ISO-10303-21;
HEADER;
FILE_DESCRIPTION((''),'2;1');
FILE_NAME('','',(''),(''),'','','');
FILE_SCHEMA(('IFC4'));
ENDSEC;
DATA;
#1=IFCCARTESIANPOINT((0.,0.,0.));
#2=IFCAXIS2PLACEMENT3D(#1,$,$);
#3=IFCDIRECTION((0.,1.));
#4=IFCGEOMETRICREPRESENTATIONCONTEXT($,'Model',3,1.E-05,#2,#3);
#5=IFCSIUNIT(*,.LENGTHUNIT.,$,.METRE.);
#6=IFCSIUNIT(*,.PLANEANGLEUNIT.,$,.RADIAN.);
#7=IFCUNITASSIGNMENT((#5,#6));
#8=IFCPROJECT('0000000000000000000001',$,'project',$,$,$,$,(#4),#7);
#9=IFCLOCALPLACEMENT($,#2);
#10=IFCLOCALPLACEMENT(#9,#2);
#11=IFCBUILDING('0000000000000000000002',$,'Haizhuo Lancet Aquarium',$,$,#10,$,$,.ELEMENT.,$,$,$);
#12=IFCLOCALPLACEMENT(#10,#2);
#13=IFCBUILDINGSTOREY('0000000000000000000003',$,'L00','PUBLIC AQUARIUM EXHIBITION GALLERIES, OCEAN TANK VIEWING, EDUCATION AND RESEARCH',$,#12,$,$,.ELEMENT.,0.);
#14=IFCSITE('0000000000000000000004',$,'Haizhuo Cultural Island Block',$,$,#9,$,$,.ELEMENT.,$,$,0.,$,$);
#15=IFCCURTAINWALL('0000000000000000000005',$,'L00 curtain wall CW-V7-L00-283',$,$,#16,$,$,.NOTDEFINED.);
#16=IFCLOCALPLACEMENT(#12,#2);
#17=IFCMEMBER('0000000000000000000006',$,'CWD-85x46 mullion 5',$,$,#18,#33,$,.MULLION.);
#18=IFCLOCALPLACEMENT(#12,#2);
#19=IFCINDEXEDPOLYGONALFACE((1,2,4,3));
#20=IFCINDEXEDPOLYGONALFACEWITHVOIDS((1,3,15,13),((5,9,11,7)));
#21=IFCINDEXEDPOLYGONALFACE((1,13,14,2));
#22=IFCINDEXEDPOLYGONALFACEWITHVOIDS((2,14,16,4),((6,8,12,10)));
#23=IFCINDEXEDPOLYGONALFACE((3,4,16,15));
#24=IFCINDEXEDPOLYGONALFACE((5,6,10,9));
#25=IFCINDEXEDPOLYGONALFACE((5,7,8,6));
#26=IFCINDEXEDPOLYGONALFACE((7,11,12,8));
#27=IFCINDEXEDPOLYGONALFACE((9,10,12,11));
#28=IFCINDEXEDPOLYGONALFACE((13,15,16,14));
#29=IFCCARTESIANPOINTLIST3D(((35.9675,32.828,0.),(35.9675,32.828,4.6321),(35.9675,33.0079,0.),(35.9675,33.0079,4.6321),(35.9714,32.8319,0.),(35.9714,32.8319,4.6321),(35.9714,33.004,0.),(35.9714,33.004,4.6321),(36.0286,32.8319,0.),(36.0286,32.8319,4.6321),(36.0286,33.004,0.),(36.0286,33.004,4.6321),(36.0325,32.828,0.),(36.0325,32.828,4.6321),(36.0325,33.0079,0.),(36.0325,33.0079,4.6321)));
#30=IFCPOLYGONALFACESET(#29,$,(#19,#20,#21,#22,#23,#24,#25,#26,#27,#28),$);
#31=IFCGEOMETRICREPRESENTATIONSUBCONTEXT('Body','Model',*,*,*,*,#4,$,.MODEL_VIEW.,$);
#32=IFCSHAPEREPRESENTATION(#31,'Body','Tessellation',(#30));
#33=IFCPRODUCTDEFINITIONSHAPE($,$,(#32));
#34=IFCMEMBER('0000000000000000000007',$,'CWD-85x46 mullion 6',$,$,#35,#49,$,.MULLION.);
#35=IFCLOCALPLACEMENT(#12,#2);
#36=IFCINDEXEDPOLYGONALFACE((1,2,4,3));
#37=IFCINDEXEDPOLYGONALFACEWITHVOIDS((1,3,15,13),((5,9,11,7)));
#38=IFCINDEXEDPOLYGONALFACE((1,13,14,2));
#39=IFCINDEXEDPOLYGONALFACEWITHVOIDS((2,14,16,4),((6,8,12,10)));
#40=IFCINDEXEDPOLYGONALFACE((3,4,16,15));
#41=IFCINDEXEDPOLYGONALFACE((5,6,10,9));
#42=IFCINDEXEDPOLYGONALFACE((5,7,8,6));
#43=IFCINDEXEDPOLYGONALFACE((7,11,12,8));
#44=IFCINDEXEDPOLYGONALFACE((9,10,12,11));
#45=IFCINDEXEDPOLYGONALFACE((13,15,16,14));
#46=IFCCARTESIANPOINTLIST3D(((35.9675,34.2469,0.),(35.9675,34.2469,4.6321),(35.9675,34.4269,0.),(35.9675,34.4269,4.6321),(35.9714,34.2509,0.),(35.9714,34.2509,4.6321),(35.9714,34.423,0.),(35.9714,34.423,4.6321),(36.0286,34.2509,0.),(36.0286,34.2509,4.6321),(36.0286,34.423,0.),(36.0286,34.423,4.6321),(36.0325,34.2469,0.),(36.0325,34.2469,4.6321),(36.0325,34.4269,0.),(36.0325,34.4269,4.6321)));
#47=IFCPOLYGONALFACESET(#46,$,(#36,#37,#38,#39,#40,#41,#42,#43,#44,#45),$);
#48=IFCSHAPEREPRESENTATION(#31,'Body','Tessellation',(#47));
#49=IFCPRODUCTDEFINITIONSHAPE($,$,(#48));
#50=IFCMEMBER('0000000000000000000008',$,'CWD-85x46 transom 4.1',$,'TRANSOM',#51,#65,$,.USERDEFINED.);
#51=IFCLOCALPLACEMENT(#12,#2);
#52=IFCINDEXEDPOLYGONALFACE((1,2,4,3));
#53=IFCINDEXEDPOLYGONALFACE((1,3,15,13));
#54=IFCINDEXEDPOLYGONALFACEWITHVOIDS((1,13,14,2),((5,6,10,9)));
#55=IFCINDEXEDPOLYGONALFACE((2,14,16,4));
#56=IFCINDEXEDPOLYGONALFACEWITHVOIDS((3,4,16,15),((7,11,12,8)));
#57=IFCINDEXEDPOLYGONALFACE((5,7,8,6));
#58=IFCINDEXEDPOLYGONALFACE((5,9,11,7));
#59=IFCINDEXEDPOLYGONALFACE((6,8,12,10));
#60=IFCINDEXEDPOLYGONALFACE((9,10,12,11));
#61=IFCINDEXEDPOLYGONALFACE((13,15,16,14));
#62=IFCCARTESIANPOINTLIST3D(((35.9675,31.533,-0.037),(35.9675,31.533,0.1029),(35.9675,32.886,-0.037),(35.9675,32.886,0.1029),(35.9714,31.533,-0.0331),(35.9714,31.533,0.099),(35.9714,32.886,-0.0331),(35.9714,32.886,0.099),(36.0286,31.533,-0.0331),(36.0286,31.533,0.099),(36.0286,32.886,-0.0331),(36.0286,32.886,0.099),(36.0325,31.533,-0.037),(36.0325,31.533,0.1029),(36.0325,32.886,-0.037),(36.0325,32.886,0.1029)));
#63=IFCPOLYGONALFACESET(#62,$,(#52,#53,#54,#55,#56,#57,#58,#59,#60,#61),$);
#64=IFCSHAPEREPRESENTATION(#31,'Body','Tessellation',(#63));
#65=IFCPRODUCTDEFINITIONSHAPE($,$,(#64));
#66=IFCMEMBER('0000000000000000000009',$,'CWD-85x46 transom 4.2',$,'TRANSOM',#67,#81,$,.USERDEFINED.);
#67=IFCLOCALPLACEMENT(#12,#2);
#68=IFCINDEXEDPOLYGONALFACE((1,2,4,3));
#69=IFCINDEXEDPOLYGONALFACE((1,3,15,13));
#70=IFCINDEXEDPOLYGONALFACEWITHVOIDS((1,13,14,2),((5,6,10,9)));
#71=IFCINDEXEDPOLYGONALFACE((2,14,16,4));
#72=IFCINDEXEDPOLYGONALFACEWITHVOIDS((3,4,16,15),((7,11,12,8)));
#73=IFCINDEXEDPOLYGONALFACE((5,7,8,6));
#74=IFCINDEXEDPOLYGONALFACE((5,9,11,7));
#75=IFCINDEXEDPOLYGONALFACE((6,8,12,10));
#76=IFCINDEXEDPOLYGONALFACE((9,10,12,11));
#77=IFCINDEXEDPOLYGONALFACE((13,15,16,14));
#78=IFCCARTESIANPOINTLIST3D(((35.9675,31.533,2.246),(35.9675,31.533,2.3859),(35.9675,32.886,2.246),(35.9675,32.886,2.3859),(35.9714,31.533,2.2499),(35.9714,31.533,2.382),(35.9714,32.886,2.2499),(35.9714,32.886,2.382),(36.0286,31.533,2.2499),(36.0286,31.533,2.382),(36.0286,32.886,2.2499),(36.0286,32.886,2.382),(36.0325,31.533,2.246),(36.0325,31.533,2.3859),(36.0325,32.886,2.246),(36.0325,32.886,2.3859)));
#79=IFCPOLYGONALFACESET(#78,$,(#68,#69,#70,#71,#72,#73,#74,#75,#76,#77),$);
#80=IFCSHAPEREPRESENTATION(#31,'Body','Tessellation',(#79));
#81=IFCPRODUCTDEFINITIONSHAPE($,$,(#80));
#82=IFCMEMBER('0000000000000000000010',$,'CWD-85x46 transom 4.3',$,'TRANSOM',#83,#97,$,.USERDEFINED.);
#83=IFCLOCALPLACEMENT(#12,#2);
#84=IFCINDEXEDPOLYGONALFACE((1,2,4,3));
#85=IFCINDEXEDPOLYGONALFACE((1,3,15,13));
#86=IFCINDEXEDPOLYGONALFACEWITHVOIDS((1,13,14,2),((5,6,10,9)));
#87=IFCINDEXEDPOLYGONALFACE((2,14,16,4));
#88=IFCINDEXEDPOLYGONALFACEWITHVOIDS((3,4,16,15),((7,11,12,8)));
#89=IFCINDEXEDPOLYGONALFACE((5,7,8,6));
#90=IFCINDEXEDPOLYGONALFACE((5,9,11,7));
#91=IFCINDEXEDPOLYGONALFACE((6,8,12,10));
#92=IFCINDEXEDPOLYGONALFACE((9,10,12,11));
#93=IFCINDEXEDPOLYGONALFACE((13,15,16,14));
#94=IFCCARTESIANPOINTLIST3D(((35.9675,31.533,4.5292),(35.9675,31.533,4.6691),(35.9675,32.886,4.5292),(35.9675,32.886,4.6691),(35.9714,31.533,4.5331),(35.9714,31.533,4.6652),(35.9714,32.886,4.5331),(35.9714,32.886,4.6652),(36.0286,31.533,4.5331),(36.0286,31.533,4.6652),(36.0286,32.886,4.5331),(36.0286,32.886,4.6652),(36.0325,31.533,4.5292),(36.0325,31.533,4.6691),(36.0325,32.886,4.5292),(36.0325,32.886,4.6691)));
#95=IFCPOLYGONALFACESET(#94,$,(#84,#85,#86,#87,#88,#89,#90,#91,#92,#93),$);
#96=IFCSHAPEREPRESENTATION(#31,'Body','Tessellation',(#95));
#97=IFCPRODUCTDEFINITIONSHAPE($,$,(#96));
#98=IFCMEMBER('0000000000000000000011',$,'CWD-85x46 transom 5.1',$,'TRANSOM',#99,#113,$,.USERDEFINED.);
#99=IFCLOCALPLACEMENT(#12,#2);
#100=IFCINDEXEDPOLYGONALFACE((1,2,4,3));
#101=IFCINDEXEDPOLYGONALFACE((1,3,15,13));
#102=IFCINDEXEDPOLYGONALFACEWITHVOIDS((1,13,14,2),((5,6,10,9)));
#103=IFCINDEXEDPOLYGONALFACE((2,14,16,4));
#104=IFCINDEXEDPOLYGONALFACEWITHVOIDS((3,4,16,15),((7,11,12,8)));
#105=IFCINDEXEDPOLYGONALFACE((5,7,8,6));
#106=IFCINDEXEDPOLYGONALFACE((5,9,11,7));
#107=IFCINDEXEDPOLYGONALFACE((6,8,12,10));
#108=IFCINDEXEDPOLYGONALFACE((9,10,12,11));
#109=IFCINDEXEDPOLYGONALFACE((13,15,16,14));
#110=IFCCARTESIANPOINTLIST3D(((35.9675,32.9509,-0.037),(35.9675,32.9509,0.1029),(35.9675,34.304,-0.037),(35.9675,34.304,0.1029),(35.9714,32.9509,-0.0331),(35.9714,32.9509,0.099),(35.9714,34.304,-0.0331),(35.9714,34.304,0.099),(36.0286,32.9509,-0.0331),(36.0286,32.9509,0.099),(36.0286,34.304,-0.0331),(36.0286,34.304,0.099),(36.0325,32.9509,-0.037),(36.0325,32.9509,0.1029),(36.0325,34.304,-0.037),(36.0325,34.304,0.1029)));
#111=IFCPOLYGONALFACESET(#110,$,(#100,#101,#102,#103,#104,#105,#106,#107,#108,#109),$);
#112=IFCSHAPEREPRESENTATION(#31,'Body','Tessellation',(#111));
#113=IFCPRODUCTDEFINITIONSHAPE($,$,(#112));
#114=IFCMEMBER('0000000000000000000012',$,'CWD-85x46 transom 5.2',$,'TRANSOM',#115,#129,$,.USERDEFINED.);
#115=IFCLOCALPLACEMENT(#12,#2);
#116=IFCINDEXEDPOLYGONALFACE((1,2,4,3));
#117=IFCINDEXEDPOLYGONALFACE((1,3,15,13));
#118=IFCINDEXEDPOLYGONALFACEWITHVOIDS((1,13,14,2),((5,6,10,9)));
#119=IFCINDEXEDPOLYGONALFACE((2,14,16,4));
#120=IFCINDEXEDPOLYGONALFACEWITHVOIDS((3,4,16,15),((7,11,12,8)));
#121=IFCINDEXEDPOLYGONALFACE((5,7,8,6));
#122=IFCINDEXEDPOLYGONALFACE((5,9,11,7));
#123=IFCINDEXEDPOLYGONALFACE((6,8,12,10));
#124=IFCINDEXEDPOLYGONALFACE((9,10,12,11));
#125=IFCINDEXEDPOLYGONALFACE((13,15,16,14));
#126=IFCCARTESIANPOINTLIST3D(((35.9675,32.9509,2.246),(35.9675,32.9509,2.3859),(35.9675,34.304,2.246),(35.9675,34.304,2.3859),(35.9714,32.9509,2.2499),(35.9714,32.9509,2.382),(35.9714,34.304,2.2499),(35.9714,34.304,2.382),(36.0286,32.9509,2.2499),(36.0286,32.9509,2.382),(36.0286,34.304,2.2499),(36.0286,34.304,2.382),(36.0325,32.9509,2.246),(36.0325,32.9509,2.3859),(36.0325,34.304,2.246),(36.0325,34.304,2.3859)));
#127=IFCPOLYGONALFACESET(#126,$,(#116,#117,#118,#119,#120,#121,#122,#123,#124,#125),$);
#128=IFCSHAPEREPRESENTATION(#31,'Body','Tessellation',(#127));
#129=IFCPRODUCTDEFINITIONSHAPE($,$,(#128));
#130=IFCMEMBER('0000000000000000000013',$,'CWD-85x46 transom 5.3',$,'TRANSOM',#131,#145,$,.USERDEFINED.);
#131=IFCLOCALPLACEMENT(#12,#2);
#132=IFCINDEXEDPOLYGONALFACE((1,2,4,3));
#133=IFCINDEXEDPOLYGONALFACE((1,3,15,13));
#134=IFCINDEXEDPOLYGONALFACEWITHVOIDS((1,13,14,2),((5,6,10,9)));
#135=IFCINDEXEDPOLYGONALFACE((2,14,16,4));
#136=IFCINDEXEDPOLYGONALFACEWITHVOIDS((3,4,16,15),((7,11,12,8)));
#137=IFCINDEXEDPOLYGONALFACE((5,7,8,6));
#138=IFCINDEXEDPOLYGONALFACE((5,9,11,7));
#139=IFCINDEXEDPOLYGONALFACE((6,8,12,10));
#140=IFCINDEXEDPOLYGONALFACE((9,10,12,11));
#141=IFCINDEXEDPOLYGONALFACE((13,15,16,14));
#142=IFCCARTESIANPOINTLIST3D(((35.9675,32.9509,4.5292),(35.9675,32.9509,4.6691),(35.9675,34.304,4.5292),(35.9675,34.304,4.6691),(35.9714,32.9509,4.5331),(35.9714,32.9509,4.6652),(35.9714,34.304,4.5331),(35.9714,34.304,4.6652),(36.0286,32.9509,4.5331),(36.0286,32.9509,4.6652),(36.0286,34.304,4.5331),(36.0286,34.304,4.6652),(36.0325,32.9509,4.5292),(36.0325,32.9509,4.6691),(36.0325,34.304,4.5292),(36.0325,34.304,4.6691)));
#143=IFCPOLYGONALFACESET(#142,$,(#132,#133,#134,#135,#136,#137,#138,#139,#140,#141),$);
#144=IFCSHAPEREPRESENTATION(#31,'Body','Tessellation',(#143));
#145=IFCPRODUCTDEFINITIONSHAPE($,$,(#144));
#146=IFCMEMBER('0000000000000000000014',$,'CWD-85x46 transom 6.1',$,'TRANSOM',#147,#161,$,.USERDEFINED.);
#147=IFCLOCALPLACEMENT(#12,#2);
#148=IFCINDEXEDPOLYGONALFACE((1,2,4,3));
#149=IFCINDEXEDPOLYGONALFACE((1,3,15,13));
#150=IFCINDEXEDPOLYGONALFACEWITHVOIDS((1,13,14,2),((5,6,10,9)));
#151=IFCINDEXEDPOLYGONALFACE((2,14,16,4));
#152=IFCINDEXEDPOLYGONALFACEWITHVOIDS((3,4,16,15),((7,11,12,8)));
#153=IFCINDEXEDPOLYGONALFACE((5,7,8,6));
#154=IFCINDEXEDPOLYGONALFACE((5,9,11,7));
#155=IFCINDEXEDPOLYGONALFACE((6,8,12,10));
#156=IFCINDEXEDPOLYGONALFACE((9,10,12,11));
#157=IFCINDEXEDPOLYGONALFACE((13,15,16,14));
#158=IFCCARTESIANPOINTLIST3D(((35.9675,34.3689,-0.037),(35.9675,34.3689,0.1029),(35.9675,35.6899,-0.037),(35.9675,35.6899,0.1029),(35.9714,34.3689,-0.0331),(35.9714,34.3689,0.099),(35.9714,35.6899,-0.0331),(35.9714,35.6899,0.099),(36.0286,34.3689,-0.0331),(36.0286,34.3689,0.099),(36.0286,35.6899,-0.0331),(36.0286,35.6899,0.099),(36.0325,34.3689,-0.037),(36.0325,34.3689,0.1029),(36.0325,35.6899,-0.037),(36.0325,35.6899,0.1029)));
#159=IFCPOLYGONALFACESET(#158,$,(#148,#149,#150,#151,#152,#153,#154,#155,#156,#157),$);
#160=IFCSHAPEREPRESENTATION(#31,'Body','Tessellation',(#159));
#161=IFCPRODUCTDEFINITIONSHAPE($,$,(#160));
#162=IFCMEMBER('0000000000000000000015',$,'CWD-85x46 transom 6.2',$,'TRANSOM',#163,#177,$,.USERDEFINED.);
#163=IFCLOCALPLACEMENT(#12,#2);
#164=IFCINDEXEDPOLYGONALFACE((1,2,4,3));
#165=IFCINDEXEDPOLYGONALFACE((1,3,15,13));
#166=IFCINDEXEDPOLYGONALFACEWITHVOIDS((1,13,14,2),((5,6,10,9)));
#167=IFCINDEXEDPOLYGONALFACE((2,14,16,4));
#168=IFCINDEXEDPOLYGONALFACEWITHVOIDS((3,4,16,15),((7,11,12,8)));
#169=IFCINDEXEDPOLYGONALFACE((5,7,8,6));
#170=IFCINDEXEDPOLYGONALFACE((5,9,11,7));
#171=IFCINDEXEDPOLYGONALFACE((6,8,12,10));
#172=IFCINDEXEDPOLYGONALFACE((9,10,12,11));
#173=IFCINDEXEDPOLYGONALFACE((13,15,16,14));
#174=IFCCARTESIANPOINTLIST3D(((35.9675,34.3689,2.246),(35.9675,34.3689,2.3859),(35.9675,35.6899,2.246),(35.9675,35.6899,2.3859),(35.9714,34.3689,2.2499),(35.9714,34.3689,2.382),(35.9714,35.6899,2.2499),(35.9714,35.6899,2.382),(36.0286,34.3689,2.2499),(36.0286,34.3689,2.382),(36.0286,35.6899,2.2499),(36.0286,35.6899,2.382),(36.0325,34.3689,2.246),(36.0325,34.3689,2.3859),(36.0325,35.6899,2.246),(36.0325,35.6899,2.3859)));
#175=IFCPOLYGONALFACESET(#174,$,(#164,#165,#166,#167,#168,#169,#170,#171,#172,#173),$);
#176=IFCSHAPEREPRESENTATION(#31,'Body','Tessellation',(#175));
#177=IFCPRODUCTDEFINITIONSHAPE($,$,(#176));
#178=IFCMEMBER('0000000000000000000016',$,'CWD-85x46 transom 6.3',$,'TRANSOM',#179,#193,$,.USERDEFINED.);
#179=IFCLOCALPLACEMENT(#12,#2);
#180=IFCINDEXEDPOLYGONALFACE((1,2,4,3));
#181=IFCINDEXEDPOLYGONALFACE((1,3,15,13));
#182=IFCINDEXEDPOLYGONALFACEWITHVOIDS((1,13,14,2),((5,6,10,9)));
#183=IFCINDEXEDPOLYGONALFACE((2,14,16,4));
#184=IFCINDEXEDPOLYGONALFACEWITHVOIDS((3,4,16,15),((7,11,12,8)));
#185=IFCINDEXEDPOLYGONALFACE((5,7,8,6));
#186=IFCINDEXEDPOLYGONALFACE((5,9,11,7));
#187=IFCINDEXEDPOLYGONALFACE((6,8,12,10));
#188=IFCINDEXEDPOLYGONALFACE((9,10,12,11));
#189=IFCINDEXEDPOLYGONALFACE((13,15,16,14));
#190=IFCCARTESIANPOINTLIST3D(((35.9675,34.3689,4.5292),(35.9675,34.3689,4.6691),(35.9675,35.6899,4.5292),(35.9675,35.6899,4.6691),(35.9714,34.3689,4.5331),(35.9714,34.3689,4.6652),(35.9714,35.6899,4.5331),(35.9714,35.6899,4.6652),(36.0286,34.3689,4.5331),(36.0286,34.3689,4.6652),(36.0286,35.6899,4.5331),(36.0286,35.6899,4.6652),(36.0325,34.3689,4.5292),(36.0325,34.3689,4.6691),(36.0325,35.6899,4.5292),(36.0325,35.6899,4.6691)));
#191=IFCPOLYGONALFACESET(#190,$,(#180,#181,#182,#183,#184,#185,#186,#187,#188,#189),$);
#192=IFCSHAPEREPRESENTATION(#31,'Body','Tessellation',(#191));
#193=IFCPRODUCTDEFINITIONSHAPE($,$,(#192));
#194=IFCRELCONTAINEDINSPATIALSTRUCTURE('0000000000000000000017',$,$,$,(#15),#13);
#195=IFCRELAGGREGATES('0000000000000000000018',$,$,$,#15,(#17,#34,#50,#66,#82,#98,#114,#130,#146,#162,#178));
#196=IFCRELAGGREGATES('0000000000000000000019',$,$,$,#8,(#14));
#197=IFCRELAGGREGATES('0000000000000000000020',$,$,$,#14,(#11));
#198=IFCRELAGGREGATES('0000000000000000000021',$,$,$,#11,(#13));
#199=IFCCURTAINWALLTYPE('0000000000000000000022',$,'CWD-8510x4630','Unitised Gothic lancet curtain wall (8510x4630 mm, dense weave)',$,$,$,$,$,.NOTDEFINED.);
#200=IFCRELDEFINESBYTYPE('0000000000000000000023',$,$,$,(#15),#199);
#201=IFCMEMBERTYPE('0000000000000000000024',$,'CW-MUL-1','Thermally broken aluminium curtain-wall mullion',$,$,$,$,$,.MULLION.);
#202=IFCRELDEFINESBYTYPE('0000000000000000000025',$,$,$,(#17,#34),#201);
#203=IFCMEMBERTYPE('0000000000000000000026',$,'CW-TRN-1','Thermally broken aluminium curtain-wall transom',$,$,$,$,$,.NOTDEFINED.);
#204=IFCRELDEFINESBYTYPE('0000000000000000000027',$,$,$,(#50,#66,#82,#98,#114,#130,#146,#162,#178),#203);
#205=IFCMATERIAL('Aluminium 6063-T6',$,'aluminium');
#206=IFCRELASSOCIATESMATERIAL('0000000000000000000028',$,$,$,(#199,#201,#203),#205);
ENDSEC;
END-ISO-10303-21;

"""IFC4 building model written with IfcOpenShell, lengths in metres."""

from ifc_helpers import new_model, si_unit, direction, frame, origin, origin_2d, place, context, subcontext, project, spatial, hollow_rectangle, extrude, material, material_profile, profile_set, type_object, element, aggregate, save


model = new_model("IFC4")

# Units and contexts
model_context = context("Model", 3, precision=1e-05, world=origin(), true_north=direction((0.0, 1.0)))
body_context = subcontext(model_context, "Body", "Model", "MODEL_VIEW")
ifc_project = project(units=[si_unit("LENGTHUNIT", "METRE"), si_unit("PLANEANGLEUNIT", "RADIAN")], contexts=[model_context])

# Site, building, storey
site_placement = place(None, origin())
site = spatial("IfcSite", under=ifc_project, at=site_placement, Name="Haizhuo Cultural Island Block", CompositionType="ELEMENT", RefElevation=0.0)
building_placement = place(site_placement, origin())
building = spatial("IfcBuilding", under=site, at=building_placement, Name="Haizhuo Lancet Aquarium", CompositionType="ELEMENT")
storey_placement = place(building_placement, origin())
storey = spatial("IfcBuildingStorey", under=building, at=storey_placement, Name="L00", Description="PUBLIC AQUARIUM EXHIBITION GALLERIES, OCEAN TANK VIEWING, EDUCATION AND RESEARCH", CompositionType="ELEMENT", Elevation=0.0)

# Curtain wall, members
ifc_material_1 = material(Name="Aluminium 6063-T6", Category="aluminium")
curtain_wall_type = type_object("IfcCurtainWallType", Name="CWD-8510x4630", Description="Unitised Gothic lancet curtain wall (8510x4630 mm, dense weave)", PredefinedType="NOTDEFINED", material=ifc_material_1)
curtain_wall_placement = place(storey_placement, origin())
curtain_wall = element("IfcCurtainWall", 1, at=curtain_wall_placement, inside=storey, type_object=curtain_wall_type, Name="L00 curtain wall CW-V7-L00-283", PredefinedType="NOTDEFINED")
ifc_material_profile_1 = material_profile(ifc_material_1, hollow_rectangle(XDim=0.0649, YDim=0.1799, WallThickness=0.0039, at=origin_2d()), Name="ALU-M 65x180x4")
ifc_profile_set_1 = profile_set([ifc_material_profile_1], Name="Aluminium 6063-T6")
member_type_1 = type_object("IfcMemberType", Name="CW-MUL-1", Description="Thermally broken aluminium curtain-wall mullion", PredefinedType="MULLION", material=ifc_profile_set_1)
member_1_placement = place(storey_placement, frame((36.0, 32.918, 0.0), z_axis=(0.0, 0.0, 1.0), x_axis=(-1.0, 0.0, 0.0)))
member_1 = element("IfcMember", 2, at=member_1_placement, type_object=member_type_1, Name="CWD-85x46 mullion 5", PredefinedType="MULLION", context=body_context, shape_type="SweptSolid", body=[
    extrude(hollow_rectangle(XDim=0.0649, YDim=0.1799, WallThickness=0.0039, at=origin_2d()), origin(), (0.0, 0.0, 1.0), 4.6321),
])
member_2_placement = place(storey_placement, frame((36.0, 34.3369, 0.0), z_axis=(0.0, 0.0, 1.0), x_axis=(-1.0, 0.0, 0.0)))
member_2 = element("IfcMember", 3, at=member_2_placement, type_object=member_type_1, Name="CWD-85x46 mullion 6", PredefinedType="MULLION", context=body_context, shape_type="SweptSolid", body=[
    extrude(hollow_rectangle(XDim=0.0649, YDim=0.1799, WallThickness=0.0039, at=origin_2d()), origin(), (0.0, 0.0, 1.0), 4.6321),
])
ifc_material_profile_2 = material_profile(ifc_material_1, hollow_rectangle(XDim=0.0649, YDim=0.1399, WallThickness=0.0039, at=origin_2d()), Name="ALU-T 65x140x4")
ifc_profile_set_2 = profile_set([ifc_material_profile_2], Name="Aluminium 6063-T6")
member_type_2 = type_object("IfcMemberType", Name="CW-TRN-1", Description="Thermally broken aluminium curtain-wall transom", PredefinedType="NOTDEFINED", material=ifc_profile_set_2)
member_3_placement = place(storey_placement, frame((36.0, 31.533, 0.033), z_axis=(0.0, 1.0, 0.0), x_axis=(-1.0, 0.0, 0.0)))
member_3 = element("IfcMember", 4, at=member_3_placement, type_object=member_type_2, Name="CWD-85x46 transom 4.1", ObjectType="TRANSOM", PredefinedType="USERDEFINED", context=body_context, shape_type="SweptSolid", body=[
    extrude(hollow_rectangle(XDim=0.0649, YDim=0.1399, WallThickness=0.0039, at=origin_2d()), origin(), (0.0, 0.0, 1.0), 1.353),
])
member_4_placement = place(storey_placement, frame((36.0, 31.533, 2.3159), z_axis=(0.0, 1.0, 0.0), x_axis=(-1.0, 0.0, 0.0)))
member_4 = element("IfcMember", 5, at=member_4_placement, type_object=member_type_2, Name="CWD-85x46 transom 4.2", ObjectType="TRANSOM", PredefinedType="USERDEFINED", context=body_context, shape_type="SweptSolid", body=[
    extrude(hollow_rectangle(XDim=0.0649, YDim=0.1399, WallThickness=0.0039, at=origin_2d()), origin(), (0.0, 0.0, 1.0), 1.353),
])
member_5_placement = place(storey_placement, frame((36.0, 31.533, 4.5991), z_axis=(0.0, 1.0, 0.0), x_axis=(-1.0, 0.0, 0.0)))
member_5 = element("IfcMember", 6, at=member_5_placement, type_object=member_type_2, Name="CWD-85x46 transom 4.3", ObjectType="TRANSOM", PredefinedType="USERDEFINED", context=body_context, shape_type="SweptSolid", body=[
    extrude(hollow_rectangle(XDim=0.0649, YDim=0.1399, WallThickness=0.0039, at=origin_2d()), origin(), (0.0, 0.0, 1.0), 1.353),
])
member_6_placement = place(storey_placement, frame((36.0, 32.9509, 0.033), z_axis=(0.0, 1.0, 0.0), x_axis=(-1.0, 0.0, 0.0)))
member_6 = element("IfcMember", 7, at=member_6_placement, type_object=member_type_2, Name="CWD-85x46 transom 5.1", ObjectType="TRANSOM", PredefinedType="USERDEFINED", context=body_context, shape_type="SweptSolid", body=[
    extrude(hollow_rectangle(XDim=0.0649, YDim=0.1399, WallThickness=0.0039, at=origin_2d()), origin(), (0.0, 0.0, 1.0), 1.353),
])
member_7_placement = place(storey_placement, frame((36.0, 32.9509, 2.3159), z_axis=(0.0, 1.0, 0.0), x_axis=(-1.0, 0.0, 0.0)))
member_7 = element("IfcMember", 8, at=member_7_placement, type_object=member_type_2, Name="CWD-85x46 transom 5.2", ObjectType="TRANSOM", PredefinedType="USERDEFINED", context=body_context, shape_type="SweptSolid", body=[
    extrude(hollow_rectangle(XDim=0.0649, YDim=0.1399, WallThickness=0.0039, at=origin_2d()), origin(), (0.0, 0.0, 1.0), 1.353),
])
member_8_placement = place(storey_placement, frame((36.0, 32.9509, 4.5991), z_axis=(0.0, 1.0, 0.0), x_axis=(-1.0, 0.0, 0.0)))
member_8 = element("IfcMember", 9, at=member_8_placement, type_object=member_type_2, Name="CWD-85x46 transom 5.3", ObjectType="TRANSOM", PredefinedType="USERDEFINED", context=body_context, shape_type="SweptSolid", body=[
    extrude(hollow_rectangle(XDim=0.0649, YDim=0.1399, WallThickness=0.0039, at=origin_2d()), origin(), (0.0, 0.0, 1.0), 1.353),
])
member_9_placement = place(storey_placement, frame((36.0, 34.3689, 0.033), z_axis=(0.0, 1.0, 0.0), x_axis=(-1.0, 0.0, 0.0)))
member_9 = element("IfcMember", 10, at=member_9_placement, type_object=member_type_2, Name="CWD-85x46 transom 6.1", ObjectType="TRANSOM", PredefinedType="USERDEFINED", context=body_context, shape_type="SweptSolid", body=[
    extrude(hollow_rectangle(XDim=0.0649, YDim=0.1399, WallThickness=0.0039, at=origin_2d()), origin(), (0.0, 0.0, 1.0), 1.321),
])
member_10_placement = place(storey_placement, frame((36.0, 34.3689, 2.3159), z_axis=(0.0, 1.0, 0.0), x_axis=(-1.0, 0.0, 0.0)))
member_10 = element("IfcMember", 11, at=member_10_placement, type_object=member_type_2, Name="CWD-85x46 transom 6.2", ObjectType="TRANSOM", PredefinedType="USERDEFINED", context=body_context, shape_type="SweptSolid", body=[
    extrude(hollow_rectangle(XDim=0.0649, YDim=0.1399, WallThickness=0.0039, at=origin_2d()), origin(), (0.0, 0.0, 1.0), 1.321),
])
member_11_placement = place(storey_placement, frame((36.0, 34.3689, 4.5991), z_axis=(0.0, 1.0, 0.0), x_axis=(-1.0, 0.0, 0.0)))
member_11 = element("IfcMember", 12, at=member_11_placement, type_object=member_type_2, Name="CWD-85x46 transom 6.3", ObjectType="TRANSOM", PredefinedType="USERDEFINED", context=body_context, shape_type="SweptSolid", body=[
    extrude(hollow_rectangle(XDim=0.0649, YDim=0.1399, WallThickness=0.0039, at=origin_2d()), origin(), (0.0, 0.0, 1.0), 1.321),
])

aggregate(curtain_wall, [member_1, member_2, member_3, member_4, member_5, member_6, member_7, member_8, member_9, member_10, member_11])

save(model, "model.ifc")
